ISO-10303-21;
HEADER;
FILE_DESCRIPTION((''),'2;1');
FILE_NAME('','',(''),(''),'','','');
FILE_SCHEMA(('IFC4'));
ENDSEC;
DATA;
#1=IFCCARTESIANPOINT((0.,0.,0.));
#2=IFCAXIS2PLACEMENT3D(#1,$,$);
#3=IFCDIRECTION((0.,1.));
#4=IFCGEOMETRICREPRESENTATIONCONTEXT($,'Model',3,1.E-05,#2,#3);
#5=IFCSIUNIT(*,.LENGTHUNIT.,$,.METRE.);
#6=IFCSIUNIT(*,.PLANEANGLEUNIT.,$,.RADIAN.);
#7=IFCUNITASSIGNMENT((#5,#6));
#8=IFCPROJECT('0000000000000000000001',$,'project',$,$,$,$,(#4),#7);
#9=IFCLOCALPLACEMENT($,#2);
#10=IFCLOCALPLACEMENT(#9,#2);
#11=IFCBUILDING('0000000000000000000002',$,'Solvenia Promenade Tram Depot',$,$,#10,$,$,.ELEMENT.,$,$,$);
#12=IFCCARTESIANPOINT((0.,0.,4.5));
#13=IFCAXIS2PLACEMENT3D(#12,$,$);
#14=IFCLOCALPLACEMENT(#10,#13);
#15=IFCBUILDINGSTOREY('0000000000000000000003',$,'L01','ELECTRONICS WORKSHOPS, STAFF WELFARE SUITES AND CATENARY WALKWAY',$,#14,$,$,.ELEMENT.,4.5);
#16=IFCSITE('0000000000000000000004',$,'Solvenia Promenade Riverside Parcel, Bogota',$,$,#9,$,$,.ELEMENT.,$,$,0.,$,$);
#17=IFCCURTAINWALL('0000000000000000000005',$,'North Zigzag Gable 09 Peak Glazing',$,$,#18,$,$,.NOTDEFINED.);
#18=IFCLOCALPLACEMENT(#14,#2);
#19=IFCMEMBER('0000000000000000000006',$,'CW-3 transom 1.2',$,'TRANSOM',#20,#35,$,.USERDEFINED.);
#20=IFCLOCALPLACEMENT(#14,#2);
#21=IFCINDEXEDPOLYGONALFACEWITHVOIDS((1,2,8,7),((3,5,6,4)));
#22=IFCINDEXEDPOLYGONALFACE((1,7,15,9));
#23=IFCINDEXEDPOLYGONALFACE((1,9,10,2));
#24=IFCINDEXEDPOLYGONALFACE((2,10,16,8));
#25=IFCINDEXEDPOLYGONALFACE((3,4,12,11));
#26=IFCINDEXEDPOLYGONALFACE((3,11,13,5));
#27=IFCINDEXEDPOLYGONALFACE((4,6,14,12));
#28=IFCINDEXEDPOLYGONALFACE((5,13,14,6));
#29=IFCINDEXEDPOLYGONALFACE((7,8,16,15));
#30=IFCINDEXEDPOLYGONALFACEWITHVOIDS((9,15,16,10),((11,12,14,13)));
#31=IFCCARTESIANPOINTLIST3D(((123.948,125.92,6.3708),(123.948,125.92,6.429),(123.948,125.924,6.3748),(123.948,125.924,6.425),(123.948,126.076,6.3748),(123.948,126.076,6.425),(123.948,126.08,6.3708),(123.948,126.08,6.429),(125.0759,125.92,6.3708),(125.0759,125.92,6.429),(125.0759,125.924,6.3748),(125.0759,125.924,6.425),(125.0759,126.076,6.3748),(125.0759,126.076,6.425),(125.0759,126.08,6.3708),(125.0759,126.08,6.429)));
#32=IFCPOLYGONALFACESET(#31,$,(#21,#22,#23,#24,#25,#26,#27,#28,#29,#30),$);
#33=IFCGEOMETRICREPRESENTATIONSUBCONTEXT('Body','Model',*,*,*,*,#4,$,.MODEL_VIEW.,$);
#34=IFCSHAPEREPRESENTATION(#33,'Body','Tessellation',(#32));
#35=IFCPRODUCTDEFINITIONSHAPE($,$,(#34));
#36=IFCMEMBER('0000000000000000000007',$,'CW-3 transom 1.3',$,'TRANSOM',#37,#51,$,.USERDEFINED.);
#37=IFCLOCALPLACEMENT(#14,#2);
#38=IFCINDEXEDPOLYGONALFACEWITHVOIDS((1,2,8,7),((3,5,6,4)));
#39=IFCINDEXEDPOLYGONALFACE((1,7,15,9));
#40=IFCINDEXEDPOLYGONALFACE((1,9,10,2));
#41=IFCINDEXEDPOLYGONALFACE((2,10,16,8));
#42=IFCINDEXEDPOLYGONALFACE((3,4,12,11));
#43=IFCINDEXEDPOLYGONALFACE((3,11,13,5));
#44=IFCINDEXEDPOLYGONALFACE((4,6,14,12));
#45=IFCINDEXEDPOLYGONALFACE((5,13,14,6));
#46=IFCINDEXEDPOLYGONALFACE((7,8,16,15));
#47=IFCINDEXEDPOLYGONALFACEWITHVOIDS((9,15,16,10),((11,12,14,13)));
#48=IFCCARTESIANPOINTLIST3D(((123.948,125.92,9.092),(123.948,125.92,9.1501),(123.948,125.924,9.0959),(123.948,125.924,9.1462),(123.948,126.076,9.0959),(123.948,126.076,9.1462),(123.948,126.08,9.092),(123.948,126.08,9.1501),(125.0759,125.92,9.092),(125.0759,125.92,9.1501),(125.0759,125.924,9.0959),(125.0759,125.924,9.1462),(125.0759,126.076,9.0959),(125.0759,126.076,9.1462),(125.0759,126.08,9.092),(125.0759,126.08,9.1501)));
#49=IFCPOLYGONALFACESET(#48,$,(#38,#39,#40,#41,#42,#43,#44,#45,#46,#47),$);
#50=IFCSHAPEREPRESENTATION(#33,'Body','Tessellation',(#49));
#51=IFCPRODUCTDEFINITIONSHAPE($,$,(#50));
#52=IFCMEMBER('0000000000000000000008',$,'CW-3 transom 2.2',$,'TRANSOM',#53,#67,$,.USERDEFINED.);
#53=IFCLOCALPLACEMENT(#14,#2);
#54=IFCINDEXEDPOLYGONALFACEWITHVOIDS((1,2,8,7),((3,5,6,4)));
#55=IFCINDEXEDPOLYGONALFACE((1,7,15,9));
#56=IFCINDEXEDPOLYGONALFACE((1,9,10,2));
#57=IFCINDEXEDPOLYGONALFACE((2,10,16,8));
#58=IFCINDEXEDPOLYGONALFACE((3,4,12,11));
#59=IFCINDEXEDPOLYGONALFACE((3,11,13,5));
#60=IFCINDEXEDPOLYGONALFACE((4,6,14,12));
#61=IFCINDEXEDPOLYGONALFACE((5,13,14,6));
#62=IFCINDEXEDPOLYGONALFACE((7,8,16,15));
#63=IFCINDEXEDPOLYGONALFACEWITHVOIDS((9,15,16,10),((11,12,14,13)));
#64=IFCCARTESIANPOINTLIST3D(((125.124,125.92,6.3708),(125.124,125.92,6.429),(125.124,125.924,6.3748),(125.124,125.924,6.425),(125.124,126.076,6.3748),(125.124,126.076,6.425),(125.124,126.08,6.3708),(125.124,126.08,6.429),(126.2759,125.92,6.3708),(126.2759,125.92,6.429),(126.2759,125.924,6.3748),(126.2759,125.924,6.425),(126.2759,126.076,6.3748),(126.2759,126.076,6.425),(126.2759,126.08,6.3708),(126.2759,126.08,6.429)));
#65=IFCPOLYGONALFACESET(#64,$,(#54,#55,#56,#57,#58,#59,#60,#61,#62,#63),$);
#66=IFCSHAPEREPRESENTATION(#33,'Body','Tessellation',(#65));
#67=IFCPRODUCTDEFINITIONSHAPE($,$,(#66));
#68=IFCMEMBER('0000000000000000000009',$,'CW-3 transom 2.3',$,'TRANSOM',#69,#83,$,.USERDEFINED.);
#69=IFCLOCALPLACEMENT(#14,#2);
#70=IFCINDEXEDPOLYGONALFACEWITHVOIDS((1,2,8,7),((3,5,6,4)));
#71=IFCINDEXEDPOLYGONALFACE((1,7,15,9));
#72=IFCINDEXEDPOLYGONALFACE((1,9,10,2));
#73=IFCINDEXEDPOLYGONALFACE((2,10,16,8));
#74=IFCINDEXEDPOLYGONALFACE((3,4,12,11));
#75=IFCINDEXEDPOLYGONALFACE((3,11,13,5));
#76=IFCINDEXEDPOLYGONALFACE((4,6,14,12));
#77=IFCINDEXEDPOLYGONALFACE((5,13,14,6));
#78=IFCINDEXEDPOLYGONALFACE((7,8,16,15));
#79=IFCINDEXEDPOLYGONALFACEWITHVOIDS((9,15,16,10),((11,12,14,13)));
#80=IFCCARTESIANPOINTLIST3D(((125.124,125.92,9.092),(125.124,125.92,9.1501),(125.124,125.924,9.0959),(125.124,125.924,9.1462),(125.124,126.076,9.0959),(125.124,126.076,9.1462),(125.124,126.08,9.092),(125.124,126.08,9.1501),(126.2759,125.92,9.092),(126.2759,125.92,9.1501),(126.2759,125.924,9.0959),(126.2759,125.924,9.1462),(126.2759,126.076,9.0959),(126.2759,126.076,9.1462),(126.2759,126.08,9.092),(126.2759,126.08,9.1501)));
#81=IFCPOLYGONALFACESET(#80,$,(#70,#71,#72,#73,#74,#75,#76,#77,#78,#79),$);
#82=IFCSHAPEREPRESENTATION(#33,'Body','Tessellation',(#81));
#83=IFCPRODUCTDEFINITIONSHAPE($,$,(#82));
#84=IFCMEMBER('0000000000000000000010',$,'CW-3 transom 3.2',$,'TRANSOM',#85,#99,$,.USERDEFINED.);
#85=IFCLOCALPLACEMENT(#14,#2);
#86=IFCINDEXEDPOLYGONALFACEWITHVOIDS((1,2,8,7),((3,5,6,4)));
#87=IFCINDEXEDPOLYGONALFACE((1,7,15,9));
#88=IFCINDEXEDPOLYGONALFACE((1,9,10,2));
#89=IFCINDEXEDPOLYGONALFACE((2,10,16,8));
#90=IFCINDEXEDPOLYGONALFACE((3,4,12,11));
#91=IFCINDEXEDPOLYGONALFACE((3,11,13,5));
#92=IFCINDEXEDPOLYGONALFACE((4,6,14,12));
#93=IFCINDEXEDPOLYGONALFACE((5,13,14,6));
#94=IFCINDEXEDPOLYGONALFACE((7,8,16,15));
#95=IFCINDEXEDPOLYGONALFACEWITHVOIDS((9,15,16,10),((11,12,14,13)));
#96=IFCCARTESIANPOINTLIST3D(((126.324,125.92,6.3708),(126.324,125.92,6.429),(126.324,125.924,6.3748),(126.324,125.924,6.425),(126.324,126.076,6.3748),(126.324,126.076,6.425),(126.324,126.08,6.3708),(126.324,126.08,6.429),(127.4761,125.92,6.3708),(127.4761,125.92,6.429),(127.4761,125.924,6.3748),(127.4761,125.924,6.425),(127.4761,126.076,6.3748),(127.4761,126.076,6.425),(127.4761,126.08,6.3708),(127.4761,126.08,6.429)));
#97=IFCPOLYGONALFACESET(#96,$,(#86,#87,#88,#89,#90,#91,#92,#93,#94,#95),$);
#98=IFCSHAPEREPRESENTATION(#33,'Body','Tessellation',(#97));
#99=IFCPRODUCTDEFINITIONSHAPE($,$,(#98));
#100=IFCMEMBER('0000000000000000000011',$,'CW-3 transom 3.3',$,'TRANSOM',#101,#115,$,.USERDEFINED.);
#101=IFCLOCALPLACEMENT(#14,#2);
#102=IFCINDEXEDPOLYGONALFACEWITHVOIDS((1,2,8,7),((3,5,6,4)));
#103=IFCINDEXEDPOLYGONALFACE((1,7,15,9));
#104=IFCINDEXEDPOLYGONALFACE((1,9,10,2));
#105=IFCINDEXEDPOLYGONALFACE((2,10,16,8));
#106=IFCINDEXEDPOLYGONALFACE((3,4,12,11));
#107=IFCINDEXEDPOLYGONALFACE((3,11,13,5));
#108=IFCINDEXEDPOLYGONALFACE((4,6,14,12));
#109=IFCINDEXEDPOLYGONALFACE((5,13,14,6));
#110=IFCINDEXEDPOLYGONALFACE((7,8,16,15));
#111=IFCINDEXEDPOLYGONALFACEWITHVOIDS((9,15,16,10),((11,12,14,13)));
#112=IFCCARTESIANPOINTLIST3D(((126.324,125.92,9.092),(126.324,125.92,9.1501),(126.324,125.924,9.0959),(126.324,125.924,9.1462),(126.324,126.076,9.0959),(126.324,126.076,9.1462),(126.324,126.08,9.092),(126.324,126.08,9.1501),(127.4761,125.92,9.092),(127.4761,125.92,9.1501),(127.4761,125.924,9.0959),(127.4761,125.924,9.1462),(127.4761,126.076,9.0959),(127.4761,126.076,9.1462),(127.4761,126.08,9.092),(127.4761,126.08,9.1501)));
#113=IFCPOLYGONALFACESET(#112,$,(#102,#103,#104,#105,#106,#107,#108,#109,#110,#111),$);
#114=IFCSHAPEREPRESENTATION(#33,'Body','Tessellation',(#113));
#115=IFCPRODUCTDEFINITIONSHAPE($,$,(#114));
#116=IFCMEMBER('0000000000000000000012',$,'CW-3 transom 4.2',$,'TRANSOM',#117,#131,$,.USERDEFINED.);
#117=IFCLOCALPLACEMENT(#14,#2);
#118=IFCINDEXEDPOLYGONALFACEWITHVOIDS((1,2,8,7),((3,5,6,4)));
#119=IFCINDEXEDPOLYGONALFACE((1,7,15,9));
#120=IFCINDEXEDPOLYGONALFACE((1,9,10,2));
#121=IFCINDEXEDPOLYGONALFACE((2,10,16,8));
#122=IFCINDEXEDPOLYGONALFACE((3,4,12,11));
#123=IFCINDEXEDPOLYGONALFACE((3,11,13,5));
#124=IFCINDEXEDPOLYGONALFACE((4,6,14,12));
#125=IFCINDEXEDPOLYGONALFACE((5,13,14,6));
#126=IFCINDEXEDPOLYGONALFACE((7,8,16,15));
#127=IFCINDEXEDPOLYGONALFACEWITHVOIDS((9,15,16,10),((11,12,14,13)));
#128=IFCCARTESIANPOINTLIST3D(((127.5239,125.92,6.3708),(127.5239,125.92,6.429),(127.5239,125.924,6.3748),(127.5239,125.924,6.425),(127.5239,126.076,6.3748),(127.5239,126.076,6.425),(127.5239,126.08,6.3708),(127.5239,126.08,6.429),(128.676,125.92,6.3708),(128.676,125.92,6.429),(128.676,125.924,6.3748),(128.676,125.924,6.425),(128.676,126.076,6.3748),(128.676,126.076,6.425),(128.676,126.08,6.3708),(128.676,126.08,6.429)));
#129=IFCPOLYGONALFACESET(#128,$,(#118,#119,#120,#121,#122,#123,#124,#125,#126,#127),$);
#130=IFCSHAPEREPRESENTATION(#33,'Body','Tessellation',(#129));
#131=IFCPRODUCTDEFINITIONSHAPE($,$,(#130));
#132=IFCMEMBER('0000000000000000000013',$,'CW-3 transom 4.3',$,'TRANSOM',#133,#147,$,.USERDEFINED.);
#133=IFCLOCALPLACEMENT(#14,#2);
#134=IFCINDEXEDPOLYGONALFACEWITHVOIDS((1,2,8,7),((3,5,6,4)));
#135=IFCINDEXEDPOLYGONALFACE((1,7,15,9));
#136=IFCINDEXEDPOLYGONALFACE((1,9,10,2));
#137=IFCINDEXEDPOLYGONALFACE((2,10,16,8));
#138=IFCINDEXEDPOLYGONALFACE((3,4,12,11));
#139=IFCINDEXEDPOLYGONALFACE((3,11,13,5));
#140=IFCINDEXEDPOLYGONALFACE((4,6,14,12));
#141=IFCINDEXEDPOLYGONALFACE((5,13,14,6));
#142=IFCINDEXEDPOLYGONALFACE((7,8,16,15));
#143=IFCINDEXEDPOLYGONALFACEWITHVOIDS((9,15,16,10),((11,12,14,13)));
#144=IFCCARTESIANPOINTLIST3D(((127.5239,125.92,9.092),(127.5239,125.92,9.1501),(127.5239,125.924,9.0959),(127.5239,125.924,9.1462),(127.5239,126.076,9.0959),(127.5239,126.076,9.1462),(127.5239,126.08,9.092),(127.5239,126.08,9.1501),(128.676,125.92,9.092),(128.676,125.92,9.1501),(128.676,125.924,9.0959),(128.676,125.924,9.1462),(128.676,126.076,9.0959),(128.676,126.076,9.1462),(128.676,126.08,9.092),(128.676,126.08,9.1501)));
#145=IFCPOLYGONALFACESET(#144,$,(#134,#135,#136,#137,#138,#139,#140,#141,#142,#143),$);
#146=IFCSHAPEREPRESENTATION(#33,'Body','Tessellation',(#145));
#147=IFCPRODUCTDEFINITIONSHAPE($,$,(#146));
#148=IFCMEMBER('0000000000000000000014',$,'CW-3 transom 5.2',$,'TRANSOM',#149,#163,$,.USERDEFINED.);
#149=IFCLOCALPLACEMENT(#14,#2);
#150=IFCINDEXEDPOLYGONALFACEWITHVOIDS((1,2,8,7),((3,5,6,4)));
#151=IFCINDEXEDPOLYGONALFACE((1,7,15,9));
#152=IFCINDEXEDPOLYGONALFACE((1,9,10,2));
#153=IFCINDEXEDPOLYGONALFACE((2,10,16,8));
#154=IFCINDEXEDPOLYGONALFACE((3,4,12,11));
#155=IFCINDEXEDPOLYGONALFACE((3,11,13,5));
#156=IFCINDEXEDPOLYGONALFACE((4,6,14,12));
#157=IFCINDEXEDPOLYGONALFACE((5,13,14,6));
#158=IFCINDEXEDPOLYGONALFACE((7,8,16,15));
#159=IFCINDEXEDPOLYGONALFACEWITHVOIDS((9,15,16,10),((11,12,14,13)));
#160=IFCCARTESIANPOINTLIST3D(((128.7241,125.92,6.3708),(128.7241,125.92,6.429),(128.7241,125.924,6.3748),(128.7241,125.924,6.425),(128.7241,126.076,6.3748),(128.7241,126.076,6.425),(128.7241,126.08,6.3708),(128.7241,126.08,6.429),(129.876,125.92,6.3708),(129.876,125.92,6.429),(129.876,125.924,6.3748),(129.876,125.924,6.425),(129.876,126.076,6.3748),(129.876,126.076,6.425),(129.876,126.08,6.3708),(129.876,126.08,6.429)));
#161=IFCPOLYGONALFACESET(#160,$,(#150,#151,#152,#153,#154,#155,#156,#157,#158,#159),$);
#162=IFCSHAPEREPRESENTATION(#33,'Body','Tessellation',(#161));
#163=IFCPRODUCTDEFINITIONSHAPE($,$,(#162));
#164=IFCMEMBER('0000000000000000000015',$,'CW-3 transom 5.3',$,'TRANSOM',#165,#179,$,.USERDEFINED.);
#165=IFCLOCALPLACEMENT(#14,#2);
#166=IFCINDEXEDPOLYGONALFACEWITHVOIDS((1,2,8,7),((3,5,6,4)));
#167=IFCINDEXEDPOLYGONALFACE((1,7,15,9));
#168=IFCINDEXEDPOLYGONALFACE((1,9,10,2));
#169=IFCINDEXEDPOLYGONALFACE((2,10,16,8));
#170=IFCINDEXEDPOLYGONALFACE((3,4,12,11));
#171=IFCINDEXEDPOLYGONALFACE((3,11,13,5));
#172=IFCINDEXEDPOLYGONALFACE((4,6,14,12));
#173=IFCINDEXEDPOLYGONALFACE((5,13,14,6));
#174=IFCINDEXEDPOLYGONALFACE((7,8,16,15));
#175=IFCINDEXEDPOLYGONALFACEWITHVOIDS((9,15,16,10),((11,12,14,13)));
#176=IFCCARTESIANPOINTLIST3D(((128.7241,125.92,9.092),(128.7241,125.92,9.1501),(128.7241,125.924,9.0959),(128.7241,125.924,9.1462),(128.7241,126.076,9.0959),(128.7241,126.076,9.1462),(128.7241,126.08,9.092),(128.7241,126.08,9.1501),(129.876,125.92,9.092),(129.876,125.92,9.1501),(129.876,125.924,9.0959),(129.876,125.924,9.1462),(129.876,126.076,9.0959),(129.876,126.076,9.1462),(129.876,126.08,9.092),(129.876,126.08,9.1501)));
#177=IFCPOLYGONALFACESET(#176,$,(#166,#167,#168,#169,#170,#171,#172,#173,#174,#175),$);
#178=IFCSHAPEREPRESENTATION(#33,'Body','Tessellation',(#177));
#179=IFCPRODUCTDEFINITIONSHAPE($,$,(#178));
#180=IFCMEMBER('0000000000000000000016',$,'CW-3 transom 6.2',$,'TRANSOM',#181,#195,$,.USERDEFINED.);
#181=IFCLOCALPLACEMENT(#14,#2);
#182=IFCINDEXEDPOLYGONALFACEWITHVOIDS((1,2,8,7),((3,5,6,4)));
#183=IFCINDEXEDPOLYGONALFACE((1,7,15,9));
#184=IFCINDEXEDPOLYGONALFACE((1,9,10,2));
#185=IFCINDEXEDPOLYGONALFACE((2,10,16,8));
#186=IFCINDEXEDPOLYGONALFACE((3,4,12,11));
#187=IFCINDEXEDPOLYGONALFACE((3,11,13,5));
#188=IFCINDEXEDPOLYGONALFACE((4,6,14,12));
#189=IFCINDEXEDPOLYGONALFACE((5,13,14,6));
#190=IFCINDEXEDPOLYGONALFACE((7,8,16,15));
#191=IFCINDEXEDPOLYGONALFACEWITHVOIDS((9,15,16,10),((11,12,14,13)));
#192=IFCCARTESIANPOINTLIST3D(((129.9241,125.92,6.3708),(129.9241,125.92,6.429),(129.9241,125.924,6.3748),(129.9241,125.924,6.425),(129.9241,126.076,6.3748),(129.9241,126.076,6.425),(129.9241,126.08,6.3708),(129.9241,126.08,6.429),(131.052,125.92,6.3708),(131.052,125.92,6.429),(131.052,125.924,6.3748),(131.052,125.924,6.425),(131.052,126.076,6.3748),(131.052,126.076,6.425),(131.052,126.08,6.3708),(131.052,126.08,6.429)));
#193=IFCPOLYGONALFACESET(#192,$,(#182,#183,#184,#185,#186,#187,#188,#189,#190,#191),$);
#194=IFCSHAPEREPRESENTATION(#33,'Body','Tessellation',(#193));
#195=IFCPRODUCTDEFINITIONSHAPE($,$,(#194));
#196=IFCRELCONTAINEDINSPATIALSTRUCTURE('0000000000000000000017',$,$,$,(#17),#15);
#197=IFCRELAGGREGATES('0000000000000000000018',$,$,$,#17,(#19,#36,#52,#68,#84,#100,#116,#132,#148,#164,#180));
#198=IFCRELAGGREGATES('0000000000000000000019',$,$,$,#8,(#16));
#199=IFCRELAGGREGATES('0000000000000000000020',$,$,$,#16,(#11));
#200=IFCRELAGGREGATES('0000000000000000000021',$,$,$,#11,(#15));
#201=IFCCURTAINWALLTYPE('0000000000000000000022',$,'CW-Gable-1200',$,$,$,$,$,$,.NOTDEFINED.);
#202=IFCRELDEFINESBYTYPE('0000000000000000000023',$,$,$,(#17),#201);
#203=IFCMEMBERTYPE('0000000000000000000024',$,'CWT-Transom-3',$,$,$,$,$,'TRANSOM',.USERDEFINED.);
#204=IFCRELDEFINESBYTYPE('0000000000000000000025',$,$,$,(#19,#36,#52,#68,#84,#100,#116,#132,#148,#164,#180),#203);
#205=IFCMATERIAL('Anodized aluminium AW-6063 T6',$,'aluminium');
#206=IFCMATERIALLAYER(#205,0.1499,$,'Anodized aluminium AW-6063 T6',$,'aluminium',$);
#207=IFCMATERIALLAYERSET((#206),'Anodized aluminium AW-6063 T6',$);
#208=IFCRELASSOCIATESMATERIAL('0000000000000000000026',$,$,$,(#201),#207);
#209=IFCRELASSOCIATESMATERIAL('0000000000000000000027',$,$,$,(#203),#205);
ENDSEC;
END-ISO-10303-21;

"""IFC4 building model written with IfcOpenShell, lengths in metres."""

from ifc_helpers import new_model, si_unit, direction, frame, origin, origin_2d, place, context, subcontext, project, spatial, hollow_rectangle, extrude, material, layer, layer_set, material_profile, profile_set, type_object, element, aggregate, save


model = new_model("IFC4")

# Units and contexts
model_context = context("Model", 3, precision=1e-05, world=origin(), true_north=direction((0.0, 1.0)))
body_context = subcontext(model_context, "Body", "Model", "MODEL_VIEW")
ifc_project = project(units=[si_unit("LENGTHUNIT", "METRE"), si_unit("PLANEANGLEUNIT", "RADIAN")], contexts=[model_context])

# Site, building, storey
site_placement = place(None, origin())
site = spatial("IfcSite", under=ifc_project, at=site_placement, Name="Solvenia Promenade Riverside Parcel, Bogota", CompositionType="ELEMENT", RefElevation=0.0)
building_placement = place(site_placement, origin())
building = spatial("IfcBuilding", under=site, at=building_placement, Name="Solvenia Promenade Tram Depot", CompositionType="ELEMENT")
storey_placement = place(building_placement, frame((0.0, 0.0, 4.5)))
storey = spatial("IfcBuildingStorey", under=building, at=storey_placement, Name="L01", Description="ELECTRONICS WORKSHOPS, STAFF WELFARE SUITES AND CATENARY WALKWAY", CompositionType="ELEMENT", Elevation=4.5)

# Curtain wall, members
ifc_material_1 = material(Name="Anodized aluminium AW-6063 T6", Category="aluminium")
ifc_layer_1 = layer(ifc_material_1, 0.1499, Name="Anodized aluminium AW-6063 T6", Category="aluminium")
ifc_layer_set_1 = layer_set([ifc_layer_1], Name="Anodized aluminium AW-6063 T6")
curtain_wall_type = type_object("IfcCurtainWallType", Name="CW-Gable-1200", PredefinedType="NOTDEFINED", material=ifc_layer_set_1)
curtain_wall_placement = place(storey_placement, origin())
curtain_wall = element("IfcCurtainWall", 1, at=curtain_wall_placement, inside=storey, type_object=curtain_wall_type, Name="North Zigzag Gable 09 Peak Glazing", PredefinedType="NOTDEFINED")
ifc_material_profile_1 = material_profile(ifc_material_1, hollow_rectangle(XDim=0.1599, YDim=0.0581, WallThickness=0.0039, at=origin_2d()), Name="ALU-T3", Category="aluminium")
ifc_profile_set_1 = profile_set([ifc_material_profile_1], Name="Anodized aluminium AW-6063 T6")
member_type_1 = type_object("IfcMemberType", Name="CWT-Transom-3", ElementType="TRANSOM", PredefinedType="USERDEFINED", material=ifc_profile_set_1)
member_1_placement = place(storey_placement, frame((123.948, 126.0, 6.3999), z_axis=(1.0, 0.0, 0.0), x_axis=(0.0, 1.0, 0.0)))
member_1 = element("IfcMember", 2, at=member_1_placement, type_object=member_type_1, Name="CW-3 transom 1.2", ObjectType="TRANSOM", PredefinedType="USERDEFINED", context=body_context, shape_type="SweptSolid", body=[
    extrude(hollow_rectangle(XDim=0.1599, YDim=0.0581, WallThickness=0.0039, at=origin_2d()), origin(), (0.0, 0.0, 1.0), 1.1279),
])
member_2_placement = place(storey_placement, frame((123.948, 126.0, 9.1211), z_axis=(1.0, 0.0, 0.0), x_axis=(0.0, 1.0, 0.0)))
member_2 = element("IfcMember", 3, at=member_2_placement, type_object=member_type_1, Name="CW-3 transom 1.3", ObjectType="TRANSOM", PredefinedType="USERDEFINED", context=body_context, shape_type="SweptSolid", body=[
    extrude(hollow_rectangle(XDim=0.1599, YDim=0.0581, WallThickness=0.0039, at=origin_2d()), origin(), (0.0, 0.0, 1.0), 1.1279),
])
member_3_placement = place(storey_placement, frame((125.124, 126.0, 6.3999), z_axis=(1.0, 0.0, 0.0), x_axis=(0.0, 1.0, 0.0)))
member_3 = element("IfcMember", 4, at=member_3_placement, type_object=member_type_1, Name="CW-3 transom 2.2", ObjectType="TRANSOM", PredefinedType="USERDEFINED", context=body_context, shape_type="SweptSolid", body=[
    extrude(hollow_rectangle(XDim=0.1599, YDim=0.0581, WallThickness=0.0039, at=origin_2d()), origin(), (0.0, 0.0, 1.0), 1.1519),
])
member_4_placement = place(storey_placement, frame((125.124, 126.0, 9.1211), z_axis=(1.0, 0.0, 0.0), x_axis=(0.0, 1.0, 0.0)))
member_4 = element("IfcMember", 5, at=member_4_placement, type_object=member_type_1, Name="CW-3 transom 2.3", ObjectType="TRANSOM", PredefinedType="USERDEFINED", context=body_context, shape_type="SweptSolid", body=[
    extrude(hollow_rectangle(XDim=0.1599, YDim=0.0581, WallThickness=0.0039, at=origin_2d()), origin(), (0.0, 0.0, 1.0), 1.1519),
])
member_5_placement = place(storey_placement, frame((126.324, 126.0, 6.3999), z_axis=(1.0, 0.0, 0.0), x_axis=(0.0, 1.0, 0.0)))
member_5 = element("IfcMember", 6, at=member_5_placement, type_object=member_type_1, Name="CW-3 transom 3.2", ObjectType="TRANSOM", PredefinedType="USERDEFINED", context=body_context, shape_type="SweptSolid", body=[
    extrude(hollow_rectangle(XDim=0.1599, YDim=0.0581, WallThickness=0.0039, at=origin_2d()), origin(), (0.0, 0.0, 1.0), 1.1521),
])
member_6_placement = place(storey_placement, frame((126.324, 126.0, 9.1211), z_axis=(1.0, 0.0, 0.0), x_axis=(0.0, 1.0, 0.0)))
member_6 = element("IfcMember", 7, at=member_6_placement, type_object=member_type_1, Name="CW-3 transom 3.3", ObjectType="TRANSOM", PredefinedType="USERDEFINED", context=body_context, shape_type="SweptSolid", body=[
    extrude(hollow_rectangle(XDim=0.1599, YDim=0.0581, WallThickness=0.0039, at=origin_2d()), origin(), (0.0, 0.0, 1.0), 1.1521),
])
member_7_placement = place(storey_placement, frame((127.5239, 126.0, 6.3999), z_axis=(1.0, 0.0, 0.0), x_axis=(0.0, 1.0, 0.0)))
member_7 = element("IfcMember", 8, at=member_7_placement, type_object=member_type_1, Name="CW-3 transom 4.2", ObjectType="TRANSOM", PredefinedType="USERDEFINED", context=body_context, shape_type="SweptSolid", body=[
    extrude(hollow_rectangle(XDim=0.1599, YDim=0.0581, WallThickness=0.0039, at=origin_2d()), origin(), (0.0, 0.0, 1.0), 1.1521),
])
member_8_placement = place(storey_placement, frame((127.5239, 126.0, 9.1211), z_axis=(1.0, 0.0, 0.0), x_axis=(0.0, 1.0, 0.0)))
member_8 = element("IfcMember", 9, at=member_8_placement, type_object=member_type_1, Name="CW-3 transom 4.3", ObjectType="TRANSOM", PredefinedType="USERDEFINED", context=body_context, shape_type="SweptSolid", body=[
    extrude(hollow_rectangle(XDim=0.1599, YDim=0.0581, WallThickness=0.0039, at=origin_2d()), origin(), (0.0, 0.0, 1.0), 1.1521),
])
member_9_placement = place(storey_placement, frame((128.7241, 126.0, 6.3999), z_axis=(1.0, 0.0, 0.0), x_axis=(0.0, 1.0, 0.0)))
member_9 = element("IfcMember", 10, at=member_9_placement, type_object=member_type_1, Name="CW-3 transom 5.2", ObjectType="TRANSOM", PredefinedType="USERDEFINED", context=body_context, shape_type="SweptSolid", body=[
    extrude(hollow_rectangle(XDim=0.1599, YDim=0.0581, WallThickness=0.0039, at=origin_2d()), origin(), (0.0, 0.0, 1.0), 1.1519),
])
member_10_placement = place(storey_placement, frame((128.7241, 126.0, 9.1211), z_axis=(1.0, 0.0, 0.0), x_axis=(0.0, 1.0, 0.0)))
member_10 = element("IfcMember", 11, at=member_10_placement, type_object=member_type_1, Name="CW-3 transom 5.3", ObjectType="TRANSOM", PredefinedType="USERDEFINED", context=body_context, shape_type="SweptSolid", body=[
    extrude(hollow_rectangle(XDim=0.1599, YDim=0.0581, WallThickness=0.0039, at=origin_2d()), origin(), (0.0, 0.0, 1.0), 1.1519),
])
member_11_placement = place(storey_placement, frame((129.9241, 126.0, 6.3999), z_axis=(1.0, 0.0, 0.0), x_axis=(0.0, 1.0, 0.0)))
member_11 = element("IfcMember", 12, at=member_11_placement, type_object=member_type_1, Name="CW-3 transom 6.2", ObjectType="TRANSOM", PredefinedType="USERDEFINED", context=body_context, shape_type="SweptSolid", body=[
    extrude(hollow_rectangle(XDim=0.1599, YDim=0.0581, WallThickness=0.0039, at=origin_2d()), origin(), (0.0, 0.0, 1.0), 1.1279),
])

aggregate(curtain_wall, [member_1, member_2, member_3, member_4, member_5, member_6, member_7, member_8, member_9, member_10, member_11])

save(model, "model.ifc")
